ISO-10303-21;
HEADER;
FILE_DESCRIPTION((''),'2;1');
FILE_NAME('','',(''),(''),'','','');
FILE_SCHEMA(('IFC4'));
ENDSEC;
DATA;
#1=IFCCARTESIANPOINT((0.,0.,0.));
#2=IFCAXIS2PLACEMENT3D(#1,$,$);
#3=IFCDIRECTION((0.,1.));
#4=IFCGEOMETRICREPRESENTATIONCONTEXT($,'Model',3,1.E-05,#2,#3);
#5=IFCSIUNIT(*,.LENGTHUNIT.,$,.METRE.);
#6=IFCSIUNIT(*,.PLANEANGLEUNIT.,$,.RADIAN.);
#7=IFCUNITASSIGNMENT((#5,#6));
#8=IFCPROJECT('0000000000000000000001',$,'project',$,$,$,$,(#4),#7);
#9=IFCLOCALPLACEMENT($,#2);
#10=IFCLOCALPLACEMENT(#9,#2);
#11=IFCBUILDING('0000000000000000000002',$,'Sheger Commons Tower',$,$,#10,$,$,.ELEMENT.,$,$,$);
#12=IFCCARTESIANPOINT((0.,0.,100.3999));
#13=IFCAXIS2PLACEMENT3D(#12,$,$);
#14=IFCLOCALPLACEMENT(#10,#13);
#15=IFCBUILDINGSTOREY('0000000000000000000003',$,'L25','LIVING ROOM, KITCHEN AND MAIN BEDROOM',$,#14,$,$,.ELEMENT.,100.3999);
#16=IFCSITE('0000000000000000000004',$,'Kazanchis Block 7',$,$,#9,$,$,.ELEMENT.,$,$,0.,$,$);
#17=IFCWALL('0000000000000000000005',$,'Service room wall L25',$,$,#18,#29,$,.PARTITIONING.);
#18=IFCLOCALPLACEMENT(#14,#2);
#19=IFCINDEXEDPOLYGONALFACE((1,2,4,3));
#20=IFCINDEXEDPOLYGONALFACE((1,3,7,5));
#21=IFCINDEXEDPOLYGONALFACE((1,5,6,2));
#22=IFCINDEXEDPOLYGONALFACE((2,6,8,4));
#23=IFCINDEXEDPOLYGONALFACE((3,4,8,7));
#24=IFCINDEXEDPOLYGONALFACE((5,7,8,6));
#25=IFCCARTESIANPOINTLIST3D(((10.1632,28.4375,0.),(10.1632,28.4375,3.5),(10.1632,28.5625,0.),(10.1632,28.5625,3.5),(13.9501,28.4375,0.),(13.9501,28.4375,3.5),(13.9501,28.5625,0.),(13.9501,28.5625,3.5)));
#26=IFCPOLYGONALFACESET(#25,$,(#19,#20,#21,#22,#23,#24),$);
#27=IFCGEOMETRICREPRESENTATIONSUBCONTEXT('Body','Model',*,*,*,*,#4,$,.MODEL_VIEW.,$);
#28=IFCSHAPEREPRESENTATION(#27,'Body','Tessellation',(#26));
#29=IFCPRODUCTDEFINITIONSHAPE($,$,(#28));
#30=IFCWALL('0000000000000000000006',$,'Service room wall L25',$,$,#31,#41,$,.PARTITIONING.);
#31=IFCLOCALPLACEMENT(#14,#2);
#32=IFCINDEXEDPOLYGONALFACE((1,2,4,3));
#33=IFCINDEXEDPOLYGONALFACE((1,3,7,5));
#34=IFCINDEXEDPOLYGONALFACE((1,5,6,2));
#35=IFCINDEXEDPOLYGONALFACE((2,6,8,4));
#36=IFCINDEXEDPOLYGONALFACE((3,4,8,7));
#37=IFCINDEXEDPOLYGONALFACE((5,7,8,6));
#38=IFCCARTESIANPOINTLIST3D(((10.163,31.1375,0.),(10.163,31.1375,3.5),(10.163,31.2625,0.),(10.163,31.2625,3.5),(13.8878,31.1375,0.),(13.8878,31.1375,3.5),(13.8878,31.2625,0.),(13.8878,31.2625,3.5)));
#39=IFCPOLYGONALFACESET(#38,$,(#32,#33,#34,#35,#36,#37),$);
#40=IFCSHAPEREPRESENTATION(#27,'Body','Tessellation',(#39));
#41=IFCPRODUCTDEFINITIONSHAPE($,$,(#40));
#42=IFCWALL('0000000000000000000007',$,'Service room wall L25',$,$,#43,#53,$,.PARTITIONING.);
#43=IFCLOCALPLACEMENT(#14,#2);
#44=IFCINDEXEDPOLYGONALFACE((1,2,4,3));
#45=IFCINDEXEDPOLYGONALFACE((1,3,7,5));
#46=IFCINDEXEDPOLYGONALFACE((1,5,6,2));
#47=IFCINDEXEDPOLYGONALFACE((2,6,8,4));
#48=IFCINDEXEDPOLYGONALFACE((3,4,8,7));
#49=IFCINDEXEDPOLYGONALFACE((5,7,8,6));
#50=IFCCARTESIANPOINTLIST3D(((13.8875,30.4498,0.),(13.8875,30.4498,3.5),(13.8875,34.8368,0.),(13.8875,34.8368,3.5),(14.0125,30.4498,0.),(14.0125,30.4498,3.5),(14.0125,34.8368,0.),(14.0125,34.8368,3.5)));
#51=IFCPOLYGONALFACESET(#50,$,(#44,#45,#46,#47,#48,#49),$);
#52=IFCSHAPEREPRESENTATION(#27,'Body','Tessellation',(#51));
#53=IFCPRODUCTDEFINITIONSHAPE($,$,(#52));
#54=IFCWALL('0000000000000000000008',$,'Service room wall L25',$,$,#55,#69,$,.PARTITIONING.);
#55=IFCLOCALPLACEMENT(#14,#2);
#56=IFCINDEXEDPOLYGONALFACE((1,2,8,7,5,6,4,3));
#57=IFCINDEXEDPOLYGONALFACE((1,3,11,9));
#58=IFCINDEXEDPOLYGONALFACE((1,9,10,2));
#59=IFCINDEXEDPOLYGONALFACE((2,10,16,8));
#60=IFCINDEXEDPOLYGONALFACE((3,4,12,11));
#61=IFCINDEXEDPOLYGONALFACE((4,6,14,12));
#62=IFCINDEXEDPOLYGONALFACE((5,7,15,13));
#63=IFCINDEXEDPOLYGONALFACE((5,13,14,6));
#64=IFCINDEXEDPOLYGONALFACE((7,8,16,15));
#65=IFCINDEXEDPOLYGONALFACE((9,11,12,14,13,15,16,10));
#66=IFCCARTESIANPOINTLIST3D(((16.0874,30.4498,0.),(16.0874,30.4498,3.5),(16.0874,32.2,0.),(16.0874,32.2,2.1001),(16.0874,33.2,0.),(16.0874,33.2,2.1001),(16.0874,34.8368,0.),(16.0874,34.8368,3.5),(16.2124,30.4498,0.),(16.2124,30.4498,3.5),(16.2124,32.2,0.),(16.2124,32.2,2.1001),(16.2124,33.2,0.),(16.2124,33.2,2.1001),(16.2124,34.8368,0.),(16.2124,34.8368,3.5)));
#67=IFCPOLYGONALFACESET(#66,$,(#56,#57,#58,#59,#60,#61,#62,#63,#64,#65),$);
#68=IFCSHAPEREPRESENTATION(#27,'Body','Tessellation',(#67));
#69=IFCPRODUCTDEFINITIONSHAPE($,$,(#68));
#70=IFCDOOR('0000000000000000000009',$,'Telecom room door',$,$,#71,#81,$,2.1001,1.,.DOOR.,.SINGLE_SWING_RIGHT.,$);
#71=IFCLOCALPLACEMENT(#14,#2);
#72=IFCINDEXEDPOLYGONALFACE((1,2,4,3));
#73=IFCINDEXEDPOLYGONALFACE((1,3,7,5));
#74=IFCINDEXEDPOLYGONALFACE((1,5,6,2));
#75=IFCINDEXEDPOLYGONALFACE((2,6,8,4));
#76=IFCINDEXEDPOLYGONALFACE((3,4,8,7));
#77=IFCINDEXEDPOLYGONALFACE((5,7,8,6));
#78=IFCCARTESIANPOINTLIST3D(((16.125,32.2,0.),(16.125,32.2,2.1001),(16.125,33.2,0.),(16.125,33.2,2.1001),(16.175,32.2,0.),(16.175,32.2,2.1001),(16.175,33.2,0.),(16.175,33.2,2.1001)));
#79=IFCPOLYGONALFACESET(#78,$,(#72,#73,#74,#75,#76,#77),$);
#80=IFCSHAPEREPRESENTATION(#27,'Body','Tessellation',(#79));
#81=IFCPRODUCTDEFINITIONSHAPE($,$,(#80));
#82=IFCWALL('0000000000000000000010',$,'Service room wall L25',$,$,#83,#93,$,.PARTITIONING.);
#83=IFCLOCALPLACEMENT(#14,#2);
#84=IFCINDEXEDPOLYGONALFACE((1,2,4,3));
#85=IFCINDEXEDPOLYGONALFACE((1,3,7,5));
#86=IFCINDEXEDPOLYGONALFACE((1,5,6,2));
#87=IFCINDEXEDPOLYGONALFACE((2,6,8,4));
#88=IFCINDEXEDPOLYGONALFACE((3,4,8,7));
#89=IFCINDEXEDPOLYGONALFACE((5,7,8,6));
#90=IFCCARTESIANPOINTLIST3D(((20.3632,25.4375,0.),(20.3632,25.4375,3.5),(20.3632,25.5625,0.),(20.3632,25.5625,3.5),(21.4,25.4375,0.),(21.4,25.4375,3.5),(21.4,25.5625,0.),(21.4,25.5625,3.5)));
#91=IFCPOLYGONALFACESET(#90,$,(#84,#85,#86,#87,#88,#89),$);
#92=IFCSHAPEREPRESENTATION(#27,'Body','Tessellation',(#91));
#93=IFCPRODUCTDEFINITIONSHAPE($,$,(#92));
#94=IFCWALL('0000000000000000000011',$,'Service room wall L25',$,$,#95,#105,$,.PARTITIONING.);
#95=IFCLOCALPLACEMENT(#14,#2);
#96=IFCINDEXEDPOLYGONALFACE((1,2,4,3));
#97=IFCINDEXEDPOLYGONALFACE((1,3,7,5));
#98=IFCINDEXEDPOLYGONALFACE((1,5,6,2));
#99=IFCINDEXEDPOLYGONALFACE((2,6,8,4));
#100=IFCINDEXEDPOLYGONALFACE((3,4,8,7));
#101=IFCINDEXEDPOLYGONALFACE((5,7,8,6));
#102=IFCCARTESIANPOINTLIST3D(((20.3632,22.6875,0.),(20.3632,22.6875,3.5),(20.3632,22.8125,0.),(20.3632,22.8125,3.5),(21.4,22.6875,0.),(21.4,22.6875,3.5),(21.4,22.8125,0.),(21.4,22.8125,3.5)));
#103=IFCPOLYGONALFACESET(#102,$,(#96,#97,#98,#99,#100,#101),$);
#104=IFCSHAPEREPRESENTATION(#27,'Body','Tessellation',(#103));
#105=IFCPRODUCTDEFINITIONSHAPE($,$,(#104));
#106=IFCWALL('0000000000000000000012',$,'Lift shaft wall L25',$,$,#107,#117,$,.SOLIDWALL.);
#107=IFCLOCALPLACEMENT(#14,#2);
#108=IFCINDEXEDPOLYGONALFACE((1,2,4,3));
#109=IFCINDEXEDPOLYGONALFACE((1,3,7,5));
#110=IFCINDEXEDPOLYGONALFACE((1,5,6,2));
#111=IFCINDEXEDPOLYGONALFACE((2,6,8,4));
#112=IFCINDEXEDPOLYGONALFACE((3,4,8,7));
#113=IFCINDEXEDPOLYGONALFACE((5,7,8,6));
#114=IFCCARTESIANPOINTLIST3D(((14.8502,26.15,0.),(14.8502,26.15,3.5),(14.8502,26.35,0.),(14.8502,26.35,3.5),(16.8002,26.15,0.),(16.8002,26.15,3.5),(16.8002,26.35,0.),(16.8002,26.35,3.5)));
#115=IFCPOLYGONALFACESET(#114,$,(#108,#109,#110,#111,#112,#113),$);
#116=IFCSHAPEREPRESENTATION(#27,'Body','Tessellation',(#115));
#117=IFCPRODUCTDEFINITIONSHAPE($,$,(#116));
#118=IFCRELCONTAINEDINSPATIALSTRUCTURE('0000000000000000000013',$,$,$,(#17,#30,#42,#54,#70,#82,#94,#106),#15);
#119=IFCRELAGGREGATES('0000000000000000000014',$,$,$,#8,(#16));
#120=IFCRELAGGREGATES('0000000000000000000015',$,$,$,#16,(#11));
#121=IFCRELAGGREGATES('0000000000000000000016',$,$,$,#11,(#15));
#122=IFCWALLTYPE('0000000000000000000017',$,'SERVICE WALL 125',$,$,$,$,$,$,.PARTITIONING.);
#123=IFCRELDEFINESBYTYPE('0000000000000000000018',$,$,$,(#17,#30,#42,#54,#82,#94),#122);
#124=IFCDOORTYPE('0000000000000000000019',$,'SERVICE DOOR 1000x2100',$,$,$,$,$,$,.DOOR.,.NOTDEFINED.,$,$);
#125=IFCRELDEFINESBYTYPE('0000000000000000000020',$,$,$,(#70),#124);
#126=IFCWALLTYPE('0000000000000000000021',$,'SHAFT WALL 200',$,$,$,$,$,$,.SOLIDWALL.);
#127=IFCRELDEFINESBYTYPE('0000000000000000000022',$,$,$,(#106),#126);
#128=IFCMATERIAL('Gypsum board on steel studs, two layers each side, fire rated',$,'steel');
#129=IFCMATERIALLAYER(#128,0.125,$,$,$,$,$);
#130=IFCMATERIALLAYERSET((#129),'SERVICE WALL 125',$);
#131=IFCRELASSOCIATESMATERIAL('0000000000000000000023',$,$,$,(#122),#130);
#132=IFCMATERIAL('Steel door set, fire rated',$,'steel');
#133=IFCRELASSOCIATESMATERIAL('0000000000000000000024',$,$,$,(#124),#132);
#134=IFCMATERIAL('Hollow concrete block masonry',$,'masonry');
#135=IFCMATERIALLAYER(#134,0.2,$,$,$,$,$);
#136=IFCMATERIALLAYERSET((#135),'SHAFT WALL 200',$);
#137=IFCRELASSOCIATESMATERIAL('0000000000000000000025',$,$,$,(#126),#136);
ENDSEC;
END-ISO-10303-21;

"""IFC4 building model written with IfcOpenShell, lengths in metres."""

from ifc_helpers import new_model, si_unit, direction, frame, frame_2d, origin, place, context, subcontext, project, spatial, rectangle, extrude, material, layer, layer_set, type_object, element, fill, save


model = new_model("IFC4")

# Units and contexts
model_context = context("Model", 3, precision=1e-05, world=origin(), true_north=direction((0.0, 1.0)))
body_context = subcontext(model_context, "Body", "Model", "MODEL_VIEW")
ifc_project = project(units=[si_unit("LENGTHUNIT", "METRE"), si_unit("PLANEANGLEUNIT", "RADIAN")], contexts=[model_context])

# Site, building, storey
site_placement = place(None, origin())
site = spatial("IfcSite", under=ifc_project, at=site_placement, Name="Kazanchis Block 7", CompositionType="ELEMENT", RefElevation=0.0)
building_placement = place(site_placement, origin())
building = spatial("IfcBuilding", under=site, at=building_placement, Name="Sheger Commons Tower", CompositionType="ELEMENT")
storey_placement = place(building_placement, frame((0.0, 0.0, 100.3999)))
storey = spatial("IfcBuildingStorey", under=building, at=storey_placement, Name="L25", Description="LIVING ROOM, KITCHEN AND MAIN BEDROOM", CompositionType="ELEMENT", Elevation=100.3999)

# Shared definitions
ifc_material_1 = material(Name="Gypsum board on steel studs, two layers each side, fire rated", Category="steel")
ifc_layer_1 = layer(ifc_material_1, 0.125)
ifc_layer_set_1 = layer_set([ifc_layer_1], Name="SERVICE WALL 125")
wall_type_1 = type_object("IfcWallType", Name="SERVICE WALL 125", PredefinedType="PARTITIONING", material=ifc_layer_set_1)
ifc_material_2 = material(Name="Steel door set, fire rated", Category="steel")
door_type_1 = type_object("IfcDoorType", Name="SERVICE DOOR 1000x2100", OperationType="NOTDEFINED", PredefinedType="DOOR", material=ifc_material_2)

# Walls
wall_1_placement = place(storey_placement, frame((10.1631, 28.5, 0.0), z_axis=(0.0, 0.0, 1.0), x_axis=(1.0, 0.0, 0.0)))
element("IfcWall", 1, at=wall_1_placement, inside=storey, type_object=wall_type_1, Name="Service room wall L25", PredefinedType="PARTITIONING", context=body_context, shape_type="SweptSolid", body=[
    extrude(rectangle(XDim=3.7869, YDim=0.125, at=frame_2d((1.8936, 0.0))), origin(), (0.0, 0.0, 1.0), 3.5),
])
wall_2_placement = place(storey_placement, frame((10.1631, 31.2, 0.0), z_axis=(0.0, 0.0, 1.0), x_axis=(1.0, 0.0, 0.0)))
element("IfcWall", 2, at=wall_2_placement, inside=storey, type_object=wall_type_1, Name="Service room wall L25", PredefinedType="PARTITIONING", context=body_context, shape_type="SweptSolid", body=[
    extrude(rectangle(XDim=3.7249, YDim=0.125, at=frame_2d((1.8623, 0.0))), origin(), (0.0, 0.0, 1.0), 3.5),
])
wall_3_placement = place(storey_placement, frame((13.95, 30.45, 0.0), z_axis=(0.0, 0.0, 1.0), x_axis=(0.0, 1.0, 0.0)))
element("IfcWall", 3, at=wall_3_placement, inside=storey, type_object=wall_type_1, Name="Service room wall L25", PredefinedType="PARTITIONING", context=body_context, shape_type="SweptSolid", body=[
    extrude(rectangle(XDim=4.387, YDim=0.125, at=frame_2d((2.1934, 0.0))), origin(), (0.0, 0.0, 1.0), 3.5),
])

# Wall, opening, door
wall_4_placement = place(storey_placement, frame((16.1499, 30.45, 0.0), z_axis=(0.0, 0.0, 1.0), x_axis=(0.0, 1.0, 0.0)))
wall_4 = element("IfcWall", 4, at=wall_4_placement, inside=storey, type_object=wall_type_1, Name="Service room wall L25", PredefinedType="PARTITIONING", context=body_context, shape_type="SweptSolid", body=[
    extrude(rectangle(XDim=4.387, YDim=0.125, at=frame_2d((2.1934, 0.0))), origin(), (0.0, 0.0, 1.0), 3.5),
])
opening_1_placement = place(wall_4_placement, frame((1.75, 0.0, 0.0)))
opening_1 = element("IfcOpeningElement", 5, at=opening_1_placement, cuts=wall_4, PredefinedType="OPENING", context=body_context, shape_type="SweptSolid", body=[
    extrude(rectangle(XDim=1.0, YDim=2.1001, at=frame_2d((0.5, 1.05))), frame((0.0, 0.0725, 0.0), z_axis=(0.0, -1.0, 0.0), x_axis=(1.0, 0.0, 0.0)), (0.0, 0.0, 1.0), 0.145),
])
door_1_placement = place(opening_1_placement, origin())
door_1 = element("IfcDoor", 6, at=door_1_placement, inside=storey, type_object=door_type_1, Name="Telecom room door", OperationType="SINGLE_SWING_RIGHT", OverallHeight=2.1001, OverallWidth=1.0, PredefinedType="DOOR", context=body_context, shape_type="SweptSolid", body=[
    extrude(rectangle(XDim=1.0, YDim=2.1001, at=frame_2d((0.5, 1.05))), frame((0.0, 0.0249, 0.0), z_axis=(0.0, -1.0, 0.0), x_axis=(1.0, 0.0, 0.0)), (0.0, 0.0, 1.0), 0.05),
])
fill(opening_1, door_1)

# Walls
for number, where, z_axis, x_axis, name in (
    (7, (20.363, 25.5, 0.0), (0.0, 0.0, 1.0), (1.0, 0.0, 0.0), "Service room wall L25"),
    (8, (20.363, 22.75, 0.0), (0.0, 0.0, 1.0), (1.0, 0.0, 0.0), "Service room wall L25"),
):
    element("IfcWall", number, at=place(storey_placement, frame(where, z_axis=z_axis, x_axis=x_axis)), inside=storey, type_object=wall_type_1, Name=name, PredefinedType="PARTITIONING", context=body_context, shape_type="SweptSolid", body=[
        extrude(rectangle(XDim=1.0369, YDim=0.125, at=frame_2d((0.5186, 0.0))), origin(), (0.0, 0.0, 1.0), 3.5),
    ])
ifc_material_3 = material(Name="Hollow concrete block masonry", Category="masonry")
ifc_layer_2 = layer(ifc_material_3, 0.2)
ifc_layer_set_2 = layer_set([ifc_layer_2], Name="SHAFT WALL 200")
wall_type_2 = type_object("IfcWallType", Name="SHAFT WALL 200", PredefinedType="SOLIDWALL", material=ifc_layer_set_2)
wall_5_placement = place(storey_placement, frame((14.8501, 26.25, 0.0), z_axis=(0.0, 0.0, 1.0), x_axis=(1.0, 0.0, 0.0)))
element("IfcWall", 9, at=wall_5_placement, inside=storey, type_object=wall_type_2, Name="Lift shaft wall L25", PredefinedType="SOLIDWALL", context=body_context, shape_type="SweptSolid", body=[
    extrude(rectangle(XDim=1.95, YDim=0.2, at=frame_2d((0.9751, 0.0))), origin(), (0.0, 0.0, 1.0), 3.5),
])

save(model, "model.ifc")
